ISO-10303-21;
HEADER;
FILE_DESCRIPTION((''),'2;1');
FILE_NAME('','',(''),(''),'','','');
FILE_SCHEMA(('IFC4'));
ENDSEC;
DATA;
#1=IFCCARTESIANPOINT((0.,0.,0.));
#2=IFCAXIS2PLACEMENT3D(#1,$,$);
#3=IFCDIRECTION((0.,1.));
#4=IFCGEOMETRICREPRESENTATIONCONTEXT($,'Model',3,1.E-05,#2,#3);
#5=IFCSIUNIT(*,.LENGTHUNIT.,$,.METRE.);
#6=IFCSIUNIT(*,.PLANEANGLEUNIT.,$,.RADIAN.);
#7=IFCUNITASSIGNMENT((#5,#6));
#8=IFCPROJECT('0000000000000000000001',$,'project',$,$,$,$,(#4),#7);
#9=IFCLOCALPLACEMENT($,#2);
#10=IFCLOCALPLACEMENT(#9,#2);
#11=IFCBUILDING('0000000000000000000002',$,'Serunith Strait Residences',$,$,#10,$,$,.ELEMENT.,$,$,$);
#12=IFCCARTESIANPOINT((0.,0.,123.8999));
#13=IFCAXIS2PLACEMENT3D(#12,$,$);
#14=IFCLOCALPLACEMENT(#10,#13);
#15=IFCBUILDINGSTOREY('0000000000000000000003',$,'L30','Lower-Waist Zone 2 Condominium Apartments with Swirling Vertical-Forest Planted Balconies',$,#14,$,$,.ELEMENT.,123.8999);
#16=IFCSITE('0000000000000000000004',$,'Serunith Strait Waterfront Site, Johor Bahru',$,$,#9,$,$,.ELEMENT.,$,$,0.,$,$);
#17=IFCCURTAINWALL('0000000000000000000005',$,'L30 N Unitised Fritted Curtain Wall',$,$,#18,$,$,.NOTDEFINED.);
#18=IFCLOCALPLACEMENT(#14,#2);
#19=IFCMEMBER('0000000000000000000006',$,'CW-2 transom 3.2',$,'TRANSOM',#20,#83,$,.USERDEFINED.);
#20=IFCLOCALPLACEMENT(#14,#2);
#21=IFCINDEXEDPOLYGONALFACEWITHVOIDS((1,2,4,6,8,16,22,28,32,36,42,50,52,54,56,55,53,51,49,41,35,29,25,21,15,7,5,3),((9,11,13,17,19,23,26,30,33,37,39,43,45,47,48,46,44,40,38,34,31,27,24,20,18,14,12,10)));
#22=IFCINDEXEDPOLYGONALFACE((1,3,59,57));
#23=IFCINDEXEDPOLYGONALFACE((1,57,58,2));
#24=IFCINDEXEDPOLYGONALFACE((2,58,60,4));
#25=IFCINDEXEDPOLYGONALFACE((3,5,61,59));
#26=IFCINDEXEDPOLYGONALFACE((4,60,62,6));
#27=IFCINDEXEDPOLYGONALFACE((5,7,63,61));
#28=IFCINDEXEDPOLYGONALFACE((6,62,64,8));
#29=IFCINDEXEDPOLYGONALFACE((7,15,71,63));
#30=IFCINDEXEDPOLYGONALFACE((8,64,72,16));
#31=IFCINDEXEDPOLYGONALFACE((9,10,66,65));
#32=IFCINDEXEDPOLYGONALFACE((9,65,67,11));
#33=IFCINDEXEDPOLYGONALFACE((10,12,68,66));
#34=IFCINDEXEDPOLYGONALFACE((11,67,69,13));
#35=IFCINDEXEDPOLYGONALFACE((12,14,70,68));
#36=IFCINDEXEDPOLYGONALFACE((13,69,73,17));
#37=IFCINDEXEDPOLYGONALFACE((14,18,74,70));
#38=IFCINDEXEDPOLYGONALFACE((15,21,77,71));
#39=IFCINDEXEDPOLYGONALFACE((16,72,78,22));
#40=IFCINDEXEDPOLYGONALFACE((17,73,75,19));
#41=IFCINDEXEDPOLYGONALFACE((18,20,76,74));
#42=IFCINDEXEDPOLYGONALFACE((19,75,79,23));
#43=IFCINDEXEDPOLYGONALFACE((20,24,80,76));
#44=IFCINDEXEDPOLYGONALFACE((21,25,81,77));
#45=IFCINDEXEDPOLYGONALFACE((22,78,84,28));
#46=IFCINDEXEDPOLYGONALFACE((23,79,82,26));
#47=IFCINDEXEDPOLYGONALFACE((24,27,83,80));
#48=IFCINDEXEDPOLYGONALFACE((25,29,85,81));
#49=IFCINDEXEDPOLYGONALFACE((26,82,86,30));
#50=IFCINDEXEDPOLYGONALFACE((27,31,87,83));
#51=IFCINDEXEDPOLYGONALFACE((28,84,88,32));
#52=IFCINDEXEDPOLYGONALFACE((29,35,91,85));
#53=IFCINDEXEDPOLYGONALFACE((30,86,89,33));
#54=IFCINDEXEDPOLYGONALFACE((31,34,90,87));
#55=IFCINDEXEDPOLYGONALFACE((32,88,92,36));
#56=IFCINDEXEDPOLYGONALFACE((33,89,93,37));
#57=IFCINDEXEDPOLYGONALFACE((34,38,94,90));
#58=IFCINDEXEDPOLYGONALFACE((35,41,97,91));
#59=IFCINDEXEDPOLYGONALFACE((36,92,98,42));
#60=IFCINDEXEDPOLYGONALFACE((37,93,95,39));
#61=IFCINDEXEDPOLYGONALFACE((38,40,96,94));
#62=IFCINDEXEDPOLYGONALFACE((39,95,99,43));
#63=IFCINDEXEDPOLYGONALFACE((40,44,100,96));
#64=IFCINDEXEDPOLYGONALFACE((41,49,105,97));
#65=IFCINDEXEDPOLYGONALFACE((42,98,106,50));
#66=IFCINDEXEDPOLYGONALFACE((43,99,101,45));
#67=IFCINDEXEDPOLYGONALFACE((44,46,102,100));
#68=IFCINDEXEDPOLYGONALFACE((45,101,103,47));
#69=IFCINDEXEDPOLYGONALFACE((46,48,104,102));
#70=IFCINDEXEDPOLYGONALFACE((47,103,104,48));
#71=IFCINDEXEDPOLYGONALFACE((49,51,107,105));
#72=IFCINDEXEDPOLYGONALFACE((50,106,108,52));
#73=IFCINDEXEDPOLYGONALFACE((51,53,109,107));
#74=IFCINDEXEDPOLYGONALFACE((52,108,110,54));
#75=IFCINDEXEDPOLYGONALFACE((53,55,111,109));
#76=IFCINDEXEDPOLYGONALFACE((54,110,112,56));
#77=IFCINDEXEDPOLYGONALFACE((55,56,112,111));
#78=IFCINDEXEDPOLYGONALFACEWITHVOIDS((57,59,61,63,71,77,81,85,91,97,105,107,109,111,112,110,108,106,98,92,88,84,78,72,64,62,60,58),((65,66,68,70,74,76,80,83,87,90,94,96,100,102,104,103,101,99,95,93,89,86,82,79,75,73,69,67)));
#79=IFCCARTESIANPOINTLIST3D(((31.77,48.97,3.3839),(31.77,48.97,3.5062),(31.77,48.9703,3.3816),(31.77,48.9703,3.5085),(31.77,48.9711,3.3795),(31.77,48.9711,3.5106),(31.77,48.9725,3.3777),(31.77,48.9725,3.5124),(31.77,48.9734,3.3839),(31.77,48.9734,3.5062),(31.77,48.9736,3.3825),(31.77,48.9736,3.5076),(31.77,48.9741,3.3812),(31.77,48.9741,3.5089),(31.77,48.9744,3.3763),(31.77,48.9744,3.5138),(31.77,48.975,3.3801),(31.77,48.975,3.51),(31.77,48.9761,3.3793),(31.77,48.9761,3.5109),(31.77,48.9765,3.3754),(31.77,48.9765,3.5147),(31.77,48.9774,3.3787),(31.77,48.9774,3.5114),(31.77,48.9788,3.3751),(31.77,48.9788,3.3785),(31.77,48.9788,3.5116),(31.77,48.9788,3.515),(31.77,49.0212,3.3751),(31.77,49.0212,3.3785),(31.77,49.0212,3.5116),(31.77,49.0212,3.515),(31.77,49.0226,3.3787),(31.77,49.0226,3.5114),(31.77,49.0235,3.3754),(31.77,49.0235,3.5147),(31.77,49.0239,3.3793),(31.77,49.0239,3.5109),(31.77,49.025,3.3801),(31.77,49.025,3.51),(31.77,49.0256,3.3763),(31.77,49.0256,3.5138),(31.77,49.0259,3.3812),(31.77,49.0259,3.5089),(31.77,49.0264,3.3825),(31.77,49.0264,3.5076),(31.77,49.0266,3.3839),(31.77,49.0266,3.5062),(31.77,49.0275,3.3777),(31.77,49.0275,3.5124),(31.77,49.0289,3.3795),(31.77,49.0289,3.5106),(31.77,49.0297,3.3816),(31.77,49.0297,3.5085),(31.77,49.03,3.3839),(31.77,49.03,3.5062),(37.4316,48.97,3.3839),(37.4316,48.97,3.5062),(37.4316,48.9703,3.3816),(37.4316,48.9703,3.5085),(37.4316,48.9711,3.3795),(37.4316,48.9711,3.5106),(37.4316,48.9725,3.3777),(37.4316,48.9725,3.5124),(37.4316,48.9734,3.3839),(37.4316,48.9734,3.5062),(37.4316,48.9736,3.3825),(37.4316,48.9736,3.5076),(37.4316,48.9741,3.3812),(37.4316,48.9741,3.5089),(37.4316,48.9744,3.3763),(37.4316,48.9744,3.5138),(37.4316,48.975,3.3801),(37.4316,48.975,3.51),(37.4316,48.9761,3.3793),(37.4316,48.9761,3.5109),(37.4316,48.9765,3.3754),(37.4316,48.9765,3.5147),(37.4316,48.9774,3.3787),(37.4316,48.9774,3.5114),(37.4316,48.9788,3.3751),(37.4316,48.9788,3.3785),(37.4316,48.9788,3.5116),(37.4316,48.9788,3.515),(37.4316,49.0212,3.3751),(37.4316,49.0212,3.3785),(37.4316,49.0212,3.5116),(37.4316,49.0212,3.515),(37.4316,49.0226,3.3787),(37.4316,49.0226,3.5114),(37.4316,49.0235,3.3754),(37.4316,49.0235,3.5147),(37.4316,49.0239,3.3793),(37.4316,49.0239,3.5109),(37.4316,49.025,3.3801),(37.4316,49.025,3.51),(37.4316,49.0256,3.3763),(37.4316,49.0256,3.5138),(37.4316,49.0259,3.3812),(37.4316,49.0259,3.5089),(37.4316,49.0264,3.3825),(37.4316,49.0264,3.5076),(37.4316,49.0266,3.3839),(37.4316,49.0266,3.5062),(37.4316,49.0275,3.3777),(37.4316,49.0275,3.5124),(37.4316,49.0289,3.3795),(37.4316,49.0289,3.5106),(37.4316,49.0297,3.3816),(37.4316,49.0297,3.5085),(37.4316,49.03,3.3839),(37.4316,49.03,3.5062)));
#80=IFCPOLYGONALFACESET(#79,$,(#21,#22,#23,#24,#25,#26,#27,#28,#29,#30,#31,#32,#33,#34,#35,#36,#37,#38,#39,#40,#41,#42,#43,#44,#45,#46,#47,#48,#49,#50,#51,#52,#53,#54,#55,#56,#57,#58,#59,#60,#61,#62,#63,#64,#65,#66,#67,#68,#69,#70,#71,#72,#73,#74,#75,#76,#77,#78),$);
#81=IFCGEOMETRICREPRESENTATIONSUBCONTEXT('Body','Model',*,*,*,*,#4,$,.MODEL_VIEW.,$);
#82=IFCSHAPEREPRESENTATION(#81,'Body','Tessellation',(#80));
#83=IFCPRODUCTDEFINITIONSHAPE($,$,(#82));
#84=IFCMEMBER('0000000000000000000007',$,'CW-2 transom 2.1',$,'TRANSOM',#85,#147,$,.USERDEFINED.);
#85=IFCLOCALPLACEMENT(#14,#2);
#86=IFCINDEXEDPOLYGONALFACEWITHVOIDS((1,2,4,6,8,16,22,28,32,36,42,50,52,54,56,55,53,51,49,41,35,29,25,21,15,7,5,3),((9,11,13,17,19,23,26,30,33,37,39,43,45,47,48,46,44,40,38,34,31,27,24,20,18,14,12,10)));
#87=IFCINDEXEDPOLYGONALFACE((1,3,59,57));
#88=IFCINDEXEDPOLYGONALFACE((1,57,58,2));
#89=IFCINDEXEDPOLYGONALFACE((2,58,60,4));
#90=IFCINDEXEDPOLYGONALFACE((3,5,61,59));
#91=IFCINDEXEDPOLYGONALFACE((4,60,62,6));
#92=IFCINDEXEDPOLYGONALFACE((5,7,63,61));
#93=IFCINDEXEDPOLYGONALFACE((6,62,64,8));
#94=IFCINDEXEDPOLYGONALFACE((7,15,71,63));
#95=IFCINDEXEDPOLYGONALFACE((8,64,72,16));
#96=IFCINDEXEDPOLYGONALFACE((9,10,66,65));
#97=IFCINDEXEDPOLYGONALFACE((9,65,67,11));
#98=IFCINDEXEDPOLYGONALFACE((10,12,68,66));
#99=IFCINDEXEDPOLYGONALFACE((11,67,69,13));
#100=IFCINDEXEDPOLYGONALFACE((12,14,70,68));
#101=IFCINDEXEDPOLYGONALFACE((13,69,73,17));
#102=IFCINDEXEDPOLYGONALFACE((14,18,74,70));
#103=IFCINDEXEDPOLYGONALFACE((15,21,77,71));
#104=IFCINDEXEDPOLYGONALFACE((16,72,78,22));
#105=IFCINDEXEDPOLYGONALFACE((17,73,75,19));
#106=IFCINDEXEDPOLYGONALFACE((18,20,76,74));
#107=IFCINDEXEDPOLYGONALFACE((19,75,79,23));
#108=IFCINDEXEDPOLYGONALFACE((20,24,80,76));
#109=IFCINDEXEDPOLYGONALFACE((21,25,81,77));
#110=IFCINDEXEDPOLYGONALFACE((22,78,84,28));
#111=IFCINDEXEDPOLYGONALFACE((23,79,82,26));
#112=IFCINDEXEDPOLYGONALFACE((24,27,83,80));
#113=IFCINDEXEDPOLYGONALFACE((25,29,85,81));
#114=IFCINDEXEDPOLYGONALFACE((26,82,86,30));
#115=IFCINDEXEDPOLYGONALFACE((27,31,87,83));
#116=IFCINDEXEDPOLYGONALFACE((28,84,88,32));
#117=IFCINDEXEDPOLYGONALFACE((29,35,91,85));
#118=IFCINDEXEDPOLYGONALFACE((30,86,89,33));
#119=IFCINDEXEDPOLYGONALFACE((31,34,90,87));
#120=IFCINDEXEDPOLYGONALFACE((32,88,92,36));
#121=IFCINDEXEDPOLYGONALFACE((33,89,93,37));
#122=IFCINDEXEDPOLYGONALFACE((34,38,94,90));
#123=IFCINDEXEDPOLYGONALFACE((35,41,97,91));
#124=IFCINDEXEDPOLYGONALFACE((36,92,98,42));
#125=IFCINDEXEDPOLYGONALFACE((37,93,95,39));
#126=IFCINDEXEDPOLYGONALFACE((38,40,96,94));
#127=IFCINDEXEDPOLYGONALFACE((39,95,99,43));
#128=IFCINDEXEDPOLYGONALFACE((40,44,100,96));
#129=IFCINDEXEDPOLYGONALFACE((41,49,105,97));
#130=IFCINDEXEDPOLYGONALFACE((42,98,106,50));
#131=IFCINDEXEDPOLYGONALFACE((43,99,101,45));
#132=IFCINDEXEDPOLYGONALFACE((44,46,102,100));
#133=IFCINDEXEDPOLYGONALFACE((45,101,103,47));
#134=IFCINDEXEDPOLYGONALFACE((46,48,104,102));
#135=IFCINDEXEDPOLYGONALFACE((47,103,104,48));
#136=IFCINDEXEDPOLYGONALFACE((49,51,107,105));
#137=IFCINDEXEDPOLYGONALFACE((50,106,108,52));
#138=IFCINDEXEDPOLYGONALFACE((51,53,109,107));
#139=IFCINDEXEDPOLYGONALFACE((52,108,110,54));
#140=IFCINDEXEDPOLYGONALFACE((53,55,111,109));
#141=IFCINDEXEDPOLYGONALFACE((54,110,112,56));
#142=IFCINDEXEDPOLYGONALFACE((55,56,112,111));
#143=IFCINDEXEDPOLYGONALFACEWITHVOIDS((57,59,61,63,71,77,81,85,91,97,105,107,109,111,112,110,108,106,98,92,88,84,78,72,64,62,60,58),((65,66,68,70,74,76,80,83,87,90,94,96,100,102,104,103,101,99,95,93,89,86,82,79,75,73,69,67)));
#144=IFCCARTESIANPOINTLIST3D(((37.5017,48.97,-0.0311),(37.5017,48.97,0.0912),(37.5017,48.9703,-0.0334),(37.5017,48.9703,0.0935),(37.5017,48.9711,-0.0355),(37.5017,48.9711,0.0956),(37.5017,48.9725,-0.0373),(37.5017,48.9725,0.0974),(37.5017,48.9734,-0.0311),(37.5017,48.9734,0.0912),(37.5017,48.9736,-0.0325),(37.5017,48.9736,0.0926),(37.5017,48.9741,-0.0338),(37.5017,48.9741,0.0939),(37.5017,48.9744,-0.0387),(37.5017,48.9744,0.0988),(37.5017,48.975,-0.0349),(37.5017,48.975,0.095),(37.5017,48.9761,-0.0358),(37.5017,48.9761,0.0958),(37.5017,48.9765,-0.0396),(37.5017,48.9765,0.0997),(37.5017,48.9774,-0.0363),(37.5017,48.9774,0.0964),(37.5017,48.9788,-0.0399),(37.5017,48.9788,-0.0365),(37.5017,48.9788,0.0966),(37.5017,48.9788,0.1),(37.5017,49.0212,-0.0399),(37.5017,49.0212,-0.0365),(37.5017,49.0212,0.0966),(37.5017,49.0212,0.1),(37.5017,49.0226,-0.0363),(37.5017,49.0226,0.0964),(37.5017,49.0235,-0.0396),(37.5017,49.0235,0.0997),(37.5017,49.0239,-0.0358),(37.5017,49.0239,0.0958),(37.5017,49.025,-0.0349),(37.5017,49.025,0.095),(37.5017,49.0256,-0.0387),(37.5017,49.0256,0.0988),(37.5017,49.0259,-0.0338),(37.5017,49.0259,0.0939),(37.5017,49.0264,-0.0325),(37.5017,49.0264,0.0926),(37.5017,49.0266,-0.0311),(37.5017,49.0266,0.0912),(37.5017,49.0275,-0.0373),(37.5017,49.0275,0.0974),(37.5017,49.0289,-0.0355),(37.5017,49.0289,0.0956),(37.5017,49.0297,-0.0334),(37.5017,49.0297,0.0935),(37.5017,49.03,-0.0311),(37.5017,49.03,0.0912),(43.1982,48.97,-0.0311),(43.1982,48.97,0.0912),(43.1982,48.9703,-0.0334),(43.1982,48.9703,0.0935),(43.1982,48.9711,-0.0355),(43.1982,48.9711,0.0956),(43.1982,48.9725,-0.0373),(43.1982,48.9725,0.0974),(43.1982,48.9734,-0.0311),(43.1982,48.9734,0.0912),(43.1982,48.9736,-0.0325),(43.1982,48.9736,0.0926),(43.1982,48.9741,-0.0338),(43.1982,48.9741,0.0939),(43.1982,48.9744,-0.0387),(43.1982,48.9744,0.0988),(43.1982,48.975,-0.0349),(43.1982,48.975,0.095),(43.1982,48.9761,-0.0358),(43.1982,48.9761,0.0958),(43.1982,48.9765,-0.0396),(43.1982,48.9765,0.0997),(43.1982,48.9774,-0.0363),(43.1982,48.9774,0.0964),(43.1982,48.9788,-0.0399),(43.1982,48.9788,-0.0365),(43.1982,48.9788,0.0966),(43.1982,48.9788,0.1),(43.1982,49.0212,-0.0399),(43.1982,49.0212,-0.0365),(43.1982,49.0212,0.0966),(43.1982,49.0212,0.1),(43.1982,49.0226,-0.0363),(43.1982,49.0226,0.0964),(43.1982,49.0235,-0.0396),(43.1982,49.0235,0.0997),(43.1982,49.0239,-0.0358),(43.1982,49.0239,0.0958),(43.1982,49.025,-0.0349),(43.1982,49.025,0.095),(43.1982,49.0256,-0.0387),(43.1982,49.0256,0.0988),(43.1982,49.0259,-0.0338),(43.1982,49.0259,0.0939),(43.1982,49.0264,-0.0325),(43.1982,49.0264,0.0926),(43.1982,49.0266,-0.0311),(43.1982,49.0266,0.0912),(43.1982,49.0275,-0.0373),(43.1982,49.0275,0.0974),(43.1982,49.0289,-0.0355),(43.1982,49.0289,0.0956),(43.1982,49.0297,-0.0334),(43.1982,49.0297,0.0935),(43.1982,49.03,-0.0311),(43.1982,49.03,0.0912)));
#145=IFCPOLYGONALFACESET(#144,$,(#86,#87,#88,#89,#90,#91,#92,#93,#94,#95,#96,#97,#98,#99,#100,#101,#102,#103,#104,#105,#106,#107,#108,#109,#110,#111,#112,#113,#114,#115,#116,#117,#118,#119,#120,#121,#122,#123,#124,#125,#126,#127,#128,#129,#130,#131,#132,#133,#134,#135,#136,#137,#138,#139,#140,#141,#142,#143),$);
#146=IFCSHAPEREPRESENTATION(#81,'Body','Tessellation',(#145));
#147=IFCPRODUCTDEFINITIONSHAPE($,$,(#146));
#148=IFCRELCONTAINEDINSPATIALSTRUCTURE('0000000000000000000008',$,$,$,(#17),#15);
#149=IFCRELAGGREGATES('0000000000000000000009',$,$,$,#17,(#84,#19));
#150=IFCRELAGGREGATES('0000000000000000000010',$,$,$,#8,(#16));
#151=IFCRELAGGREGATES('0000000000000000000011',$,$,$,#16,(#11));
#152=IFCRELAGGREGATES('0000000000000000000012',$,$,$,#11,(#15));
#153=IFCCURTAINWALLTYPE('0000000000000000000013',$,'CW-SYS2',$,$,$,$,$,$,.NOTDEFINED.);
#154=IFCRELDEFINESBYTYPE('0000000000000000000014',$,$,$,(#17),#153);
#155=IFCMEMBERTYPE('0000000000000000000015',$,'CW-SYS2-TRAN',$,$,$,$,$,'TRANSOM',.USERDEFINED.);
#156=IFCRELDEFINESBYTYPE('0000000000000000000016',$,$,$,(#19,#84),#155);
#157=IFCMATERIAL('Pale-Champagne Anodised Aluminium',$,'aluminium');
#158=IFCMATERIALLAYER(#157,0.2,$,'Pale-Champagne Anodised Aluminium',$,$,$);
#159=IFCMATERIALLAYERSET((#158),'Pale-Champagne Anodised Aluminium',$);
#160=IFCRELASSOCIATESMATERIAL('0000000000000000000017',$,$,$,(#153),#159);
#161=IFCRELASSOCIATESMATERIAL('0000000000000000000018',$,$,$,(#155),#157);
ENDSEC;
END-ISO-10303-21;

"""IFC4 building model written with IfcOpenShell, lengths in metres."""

from ifc_helpers import new_model, si_unit, direction, frame, origin, origin_2d, place, context, subcontext, project, spatial, hollow_rectangle, extrude, source, transform, mapped, material, layer, layer_set, material_profile, profile_set, type_object, element, aggregate, save


model = new_model("IFC4")

# Units and contexts
model_context = context("Model", 3, precision=1e-05, world=origin(), true_north=direction((0.0, 1.0)))
body_context = subcontext(model_context, "Body", "Model", "MODEL_VIEW")
ifc_project = project(units=[si_unit("LENGTHUNIT", "METRE"), si_unit("PLANEANGLEUNIT", "RADIAN")], contexts=[model_context])

# Site, building, storey
site_placement = place(None, origin())
site = spatial("IfcSite", under=ifc_project, at=site_placement, Name="Serunith Strait Waterfront Site, Johor Bahru", CompositionType="ELEMENT", RefElevation=0.0)
building_placement = place(site_placement, origin())
building = spatial("IfcBuilding", under=site, at=building_placement, Name="Serunith Strait Residences", CompositionType="ELEMENT")
storey_placement = place(building_placement, frame((0.0, 0.0, 123.8999)))
storey = spatial("IfcBuildingStorey", under=building, at=storey_placement, Name="L30", Description="Lower-Waist Zone 2 Condominium Apartments with Swirling Vertical-Forest Planted Balconies", CompositionType="ELEMENT", Elevation=123.8999)

# Curtain wall, members
ifc_material_1 = material(Name="Pale-Champagne Anodised Aluminium", Category="aluminium")
ifc_layer_1 = layer(ifc_material_1, 0.2, Name="Pale-Champagne Anodised Aluminium")
ifc_layer_set_1 = layer_set([ifc_layer_1], Name="Pale-Champagne Anodised Aluminium")
curtain_wall_type = type_object("IfcCurtainWallType", Name="CW-SYS2", PredefinedType="NOTDEFINED", material=ifc_layer_set_1)
curtain_wall_placement = place(storey_placement, origin())
curtain_wall = element("IfcCurtainWall", 1, at=curtain_wall_placement, inside=storey, type_object=curtain_wall_type, Name="L30 N Unitised Fritted Curtain Wall", PredefinedType="NOTDEFINED")
ifc_material_profile_1 = material_profile(ifc_material_1, hollow_rectangle(XDim=0.0601, YDim=0.1399, WallThickness=0.0034, InnerFilletRadius=0.0054, OuterFilletRadius=0.0088, at=origin_2d()), Name="ALU 140x60x3.5")
ifc_profile_set_1 = profile_set([ifc_material_profile_1], Name="Pale-Champagne Anodised Aluminium")
member_type_1 = type_object("IfcMemberType", Name="CW-SYS2-TRAN", ElementType="TRANSOM", PredefinedType="USERDEFINED", material=ifc_profile_set_1)
shared_shape_1 = source(origin(), body_context, "Body", "SweptSolid", [
    extrude(hollow_rectangle(XDim=0.0601, YDim=0.1399, WallThickness=0.0034, InnerFilletRadius=0.0054, OuterFilletRadius=0.0088, at=origin_2d()), origin(), (0.0, 0.0, 1.0), 5.6616),
])
member_1_placement = place(storey_placement, frame((37.4316, 49.0, 3.4451), z_axis=(-1.0, 0.0, 0.0), x_axis=(0.0, -1.0, 0.0)))
member_1 = element("IfcMember", 2, at=member_1_placement, type_object=member_type_1, Name="CW-2 transom 3.2", ObjectType="TRANSOM", PredefinedType="USERDEFINED", context=body_context, shape_type="MappedRepresentation", body=[
    mapped(shared_shape_1, transform((0.0, 0.0, 0.0), scale=1.0)),
])
shared_shape_2 = source(origin(), body_context, "Body", "SweptSolid", [
    extrude(hollow_rectangle(XDim=0.0601, YDim=0.1399, WallThickness=0.0034, InnerFilletRadius=0.0054, OuterFilletRadius=0.0088, at=origin_2d()), origin(), (0.0, 0.0, 1.0), 5.6965),
])
member_2_placement = place(storey_placement, frame((43.1982, 49.0, 0.03), z_axis=(-1.0, 0.0, 0.0), x_axis=(0.0, -1.0, 0.0)))
member_2 = element("IfcMember", 3, at=member_2_placement, type_object=member_type_1, Name="CW-2 transom 2.1", ObjectType="TRANSOM", PredefinedType="USERDEFINED", context=body_context, shape_type="MappedRepresentation", body=[
    mapped(shared_shape_2, transform((0.0, 0.0, 0.0), scale=1.0)),
])
aggregate(curtain_wall, [member_2, member_1])

save(model, "model.ifc")
